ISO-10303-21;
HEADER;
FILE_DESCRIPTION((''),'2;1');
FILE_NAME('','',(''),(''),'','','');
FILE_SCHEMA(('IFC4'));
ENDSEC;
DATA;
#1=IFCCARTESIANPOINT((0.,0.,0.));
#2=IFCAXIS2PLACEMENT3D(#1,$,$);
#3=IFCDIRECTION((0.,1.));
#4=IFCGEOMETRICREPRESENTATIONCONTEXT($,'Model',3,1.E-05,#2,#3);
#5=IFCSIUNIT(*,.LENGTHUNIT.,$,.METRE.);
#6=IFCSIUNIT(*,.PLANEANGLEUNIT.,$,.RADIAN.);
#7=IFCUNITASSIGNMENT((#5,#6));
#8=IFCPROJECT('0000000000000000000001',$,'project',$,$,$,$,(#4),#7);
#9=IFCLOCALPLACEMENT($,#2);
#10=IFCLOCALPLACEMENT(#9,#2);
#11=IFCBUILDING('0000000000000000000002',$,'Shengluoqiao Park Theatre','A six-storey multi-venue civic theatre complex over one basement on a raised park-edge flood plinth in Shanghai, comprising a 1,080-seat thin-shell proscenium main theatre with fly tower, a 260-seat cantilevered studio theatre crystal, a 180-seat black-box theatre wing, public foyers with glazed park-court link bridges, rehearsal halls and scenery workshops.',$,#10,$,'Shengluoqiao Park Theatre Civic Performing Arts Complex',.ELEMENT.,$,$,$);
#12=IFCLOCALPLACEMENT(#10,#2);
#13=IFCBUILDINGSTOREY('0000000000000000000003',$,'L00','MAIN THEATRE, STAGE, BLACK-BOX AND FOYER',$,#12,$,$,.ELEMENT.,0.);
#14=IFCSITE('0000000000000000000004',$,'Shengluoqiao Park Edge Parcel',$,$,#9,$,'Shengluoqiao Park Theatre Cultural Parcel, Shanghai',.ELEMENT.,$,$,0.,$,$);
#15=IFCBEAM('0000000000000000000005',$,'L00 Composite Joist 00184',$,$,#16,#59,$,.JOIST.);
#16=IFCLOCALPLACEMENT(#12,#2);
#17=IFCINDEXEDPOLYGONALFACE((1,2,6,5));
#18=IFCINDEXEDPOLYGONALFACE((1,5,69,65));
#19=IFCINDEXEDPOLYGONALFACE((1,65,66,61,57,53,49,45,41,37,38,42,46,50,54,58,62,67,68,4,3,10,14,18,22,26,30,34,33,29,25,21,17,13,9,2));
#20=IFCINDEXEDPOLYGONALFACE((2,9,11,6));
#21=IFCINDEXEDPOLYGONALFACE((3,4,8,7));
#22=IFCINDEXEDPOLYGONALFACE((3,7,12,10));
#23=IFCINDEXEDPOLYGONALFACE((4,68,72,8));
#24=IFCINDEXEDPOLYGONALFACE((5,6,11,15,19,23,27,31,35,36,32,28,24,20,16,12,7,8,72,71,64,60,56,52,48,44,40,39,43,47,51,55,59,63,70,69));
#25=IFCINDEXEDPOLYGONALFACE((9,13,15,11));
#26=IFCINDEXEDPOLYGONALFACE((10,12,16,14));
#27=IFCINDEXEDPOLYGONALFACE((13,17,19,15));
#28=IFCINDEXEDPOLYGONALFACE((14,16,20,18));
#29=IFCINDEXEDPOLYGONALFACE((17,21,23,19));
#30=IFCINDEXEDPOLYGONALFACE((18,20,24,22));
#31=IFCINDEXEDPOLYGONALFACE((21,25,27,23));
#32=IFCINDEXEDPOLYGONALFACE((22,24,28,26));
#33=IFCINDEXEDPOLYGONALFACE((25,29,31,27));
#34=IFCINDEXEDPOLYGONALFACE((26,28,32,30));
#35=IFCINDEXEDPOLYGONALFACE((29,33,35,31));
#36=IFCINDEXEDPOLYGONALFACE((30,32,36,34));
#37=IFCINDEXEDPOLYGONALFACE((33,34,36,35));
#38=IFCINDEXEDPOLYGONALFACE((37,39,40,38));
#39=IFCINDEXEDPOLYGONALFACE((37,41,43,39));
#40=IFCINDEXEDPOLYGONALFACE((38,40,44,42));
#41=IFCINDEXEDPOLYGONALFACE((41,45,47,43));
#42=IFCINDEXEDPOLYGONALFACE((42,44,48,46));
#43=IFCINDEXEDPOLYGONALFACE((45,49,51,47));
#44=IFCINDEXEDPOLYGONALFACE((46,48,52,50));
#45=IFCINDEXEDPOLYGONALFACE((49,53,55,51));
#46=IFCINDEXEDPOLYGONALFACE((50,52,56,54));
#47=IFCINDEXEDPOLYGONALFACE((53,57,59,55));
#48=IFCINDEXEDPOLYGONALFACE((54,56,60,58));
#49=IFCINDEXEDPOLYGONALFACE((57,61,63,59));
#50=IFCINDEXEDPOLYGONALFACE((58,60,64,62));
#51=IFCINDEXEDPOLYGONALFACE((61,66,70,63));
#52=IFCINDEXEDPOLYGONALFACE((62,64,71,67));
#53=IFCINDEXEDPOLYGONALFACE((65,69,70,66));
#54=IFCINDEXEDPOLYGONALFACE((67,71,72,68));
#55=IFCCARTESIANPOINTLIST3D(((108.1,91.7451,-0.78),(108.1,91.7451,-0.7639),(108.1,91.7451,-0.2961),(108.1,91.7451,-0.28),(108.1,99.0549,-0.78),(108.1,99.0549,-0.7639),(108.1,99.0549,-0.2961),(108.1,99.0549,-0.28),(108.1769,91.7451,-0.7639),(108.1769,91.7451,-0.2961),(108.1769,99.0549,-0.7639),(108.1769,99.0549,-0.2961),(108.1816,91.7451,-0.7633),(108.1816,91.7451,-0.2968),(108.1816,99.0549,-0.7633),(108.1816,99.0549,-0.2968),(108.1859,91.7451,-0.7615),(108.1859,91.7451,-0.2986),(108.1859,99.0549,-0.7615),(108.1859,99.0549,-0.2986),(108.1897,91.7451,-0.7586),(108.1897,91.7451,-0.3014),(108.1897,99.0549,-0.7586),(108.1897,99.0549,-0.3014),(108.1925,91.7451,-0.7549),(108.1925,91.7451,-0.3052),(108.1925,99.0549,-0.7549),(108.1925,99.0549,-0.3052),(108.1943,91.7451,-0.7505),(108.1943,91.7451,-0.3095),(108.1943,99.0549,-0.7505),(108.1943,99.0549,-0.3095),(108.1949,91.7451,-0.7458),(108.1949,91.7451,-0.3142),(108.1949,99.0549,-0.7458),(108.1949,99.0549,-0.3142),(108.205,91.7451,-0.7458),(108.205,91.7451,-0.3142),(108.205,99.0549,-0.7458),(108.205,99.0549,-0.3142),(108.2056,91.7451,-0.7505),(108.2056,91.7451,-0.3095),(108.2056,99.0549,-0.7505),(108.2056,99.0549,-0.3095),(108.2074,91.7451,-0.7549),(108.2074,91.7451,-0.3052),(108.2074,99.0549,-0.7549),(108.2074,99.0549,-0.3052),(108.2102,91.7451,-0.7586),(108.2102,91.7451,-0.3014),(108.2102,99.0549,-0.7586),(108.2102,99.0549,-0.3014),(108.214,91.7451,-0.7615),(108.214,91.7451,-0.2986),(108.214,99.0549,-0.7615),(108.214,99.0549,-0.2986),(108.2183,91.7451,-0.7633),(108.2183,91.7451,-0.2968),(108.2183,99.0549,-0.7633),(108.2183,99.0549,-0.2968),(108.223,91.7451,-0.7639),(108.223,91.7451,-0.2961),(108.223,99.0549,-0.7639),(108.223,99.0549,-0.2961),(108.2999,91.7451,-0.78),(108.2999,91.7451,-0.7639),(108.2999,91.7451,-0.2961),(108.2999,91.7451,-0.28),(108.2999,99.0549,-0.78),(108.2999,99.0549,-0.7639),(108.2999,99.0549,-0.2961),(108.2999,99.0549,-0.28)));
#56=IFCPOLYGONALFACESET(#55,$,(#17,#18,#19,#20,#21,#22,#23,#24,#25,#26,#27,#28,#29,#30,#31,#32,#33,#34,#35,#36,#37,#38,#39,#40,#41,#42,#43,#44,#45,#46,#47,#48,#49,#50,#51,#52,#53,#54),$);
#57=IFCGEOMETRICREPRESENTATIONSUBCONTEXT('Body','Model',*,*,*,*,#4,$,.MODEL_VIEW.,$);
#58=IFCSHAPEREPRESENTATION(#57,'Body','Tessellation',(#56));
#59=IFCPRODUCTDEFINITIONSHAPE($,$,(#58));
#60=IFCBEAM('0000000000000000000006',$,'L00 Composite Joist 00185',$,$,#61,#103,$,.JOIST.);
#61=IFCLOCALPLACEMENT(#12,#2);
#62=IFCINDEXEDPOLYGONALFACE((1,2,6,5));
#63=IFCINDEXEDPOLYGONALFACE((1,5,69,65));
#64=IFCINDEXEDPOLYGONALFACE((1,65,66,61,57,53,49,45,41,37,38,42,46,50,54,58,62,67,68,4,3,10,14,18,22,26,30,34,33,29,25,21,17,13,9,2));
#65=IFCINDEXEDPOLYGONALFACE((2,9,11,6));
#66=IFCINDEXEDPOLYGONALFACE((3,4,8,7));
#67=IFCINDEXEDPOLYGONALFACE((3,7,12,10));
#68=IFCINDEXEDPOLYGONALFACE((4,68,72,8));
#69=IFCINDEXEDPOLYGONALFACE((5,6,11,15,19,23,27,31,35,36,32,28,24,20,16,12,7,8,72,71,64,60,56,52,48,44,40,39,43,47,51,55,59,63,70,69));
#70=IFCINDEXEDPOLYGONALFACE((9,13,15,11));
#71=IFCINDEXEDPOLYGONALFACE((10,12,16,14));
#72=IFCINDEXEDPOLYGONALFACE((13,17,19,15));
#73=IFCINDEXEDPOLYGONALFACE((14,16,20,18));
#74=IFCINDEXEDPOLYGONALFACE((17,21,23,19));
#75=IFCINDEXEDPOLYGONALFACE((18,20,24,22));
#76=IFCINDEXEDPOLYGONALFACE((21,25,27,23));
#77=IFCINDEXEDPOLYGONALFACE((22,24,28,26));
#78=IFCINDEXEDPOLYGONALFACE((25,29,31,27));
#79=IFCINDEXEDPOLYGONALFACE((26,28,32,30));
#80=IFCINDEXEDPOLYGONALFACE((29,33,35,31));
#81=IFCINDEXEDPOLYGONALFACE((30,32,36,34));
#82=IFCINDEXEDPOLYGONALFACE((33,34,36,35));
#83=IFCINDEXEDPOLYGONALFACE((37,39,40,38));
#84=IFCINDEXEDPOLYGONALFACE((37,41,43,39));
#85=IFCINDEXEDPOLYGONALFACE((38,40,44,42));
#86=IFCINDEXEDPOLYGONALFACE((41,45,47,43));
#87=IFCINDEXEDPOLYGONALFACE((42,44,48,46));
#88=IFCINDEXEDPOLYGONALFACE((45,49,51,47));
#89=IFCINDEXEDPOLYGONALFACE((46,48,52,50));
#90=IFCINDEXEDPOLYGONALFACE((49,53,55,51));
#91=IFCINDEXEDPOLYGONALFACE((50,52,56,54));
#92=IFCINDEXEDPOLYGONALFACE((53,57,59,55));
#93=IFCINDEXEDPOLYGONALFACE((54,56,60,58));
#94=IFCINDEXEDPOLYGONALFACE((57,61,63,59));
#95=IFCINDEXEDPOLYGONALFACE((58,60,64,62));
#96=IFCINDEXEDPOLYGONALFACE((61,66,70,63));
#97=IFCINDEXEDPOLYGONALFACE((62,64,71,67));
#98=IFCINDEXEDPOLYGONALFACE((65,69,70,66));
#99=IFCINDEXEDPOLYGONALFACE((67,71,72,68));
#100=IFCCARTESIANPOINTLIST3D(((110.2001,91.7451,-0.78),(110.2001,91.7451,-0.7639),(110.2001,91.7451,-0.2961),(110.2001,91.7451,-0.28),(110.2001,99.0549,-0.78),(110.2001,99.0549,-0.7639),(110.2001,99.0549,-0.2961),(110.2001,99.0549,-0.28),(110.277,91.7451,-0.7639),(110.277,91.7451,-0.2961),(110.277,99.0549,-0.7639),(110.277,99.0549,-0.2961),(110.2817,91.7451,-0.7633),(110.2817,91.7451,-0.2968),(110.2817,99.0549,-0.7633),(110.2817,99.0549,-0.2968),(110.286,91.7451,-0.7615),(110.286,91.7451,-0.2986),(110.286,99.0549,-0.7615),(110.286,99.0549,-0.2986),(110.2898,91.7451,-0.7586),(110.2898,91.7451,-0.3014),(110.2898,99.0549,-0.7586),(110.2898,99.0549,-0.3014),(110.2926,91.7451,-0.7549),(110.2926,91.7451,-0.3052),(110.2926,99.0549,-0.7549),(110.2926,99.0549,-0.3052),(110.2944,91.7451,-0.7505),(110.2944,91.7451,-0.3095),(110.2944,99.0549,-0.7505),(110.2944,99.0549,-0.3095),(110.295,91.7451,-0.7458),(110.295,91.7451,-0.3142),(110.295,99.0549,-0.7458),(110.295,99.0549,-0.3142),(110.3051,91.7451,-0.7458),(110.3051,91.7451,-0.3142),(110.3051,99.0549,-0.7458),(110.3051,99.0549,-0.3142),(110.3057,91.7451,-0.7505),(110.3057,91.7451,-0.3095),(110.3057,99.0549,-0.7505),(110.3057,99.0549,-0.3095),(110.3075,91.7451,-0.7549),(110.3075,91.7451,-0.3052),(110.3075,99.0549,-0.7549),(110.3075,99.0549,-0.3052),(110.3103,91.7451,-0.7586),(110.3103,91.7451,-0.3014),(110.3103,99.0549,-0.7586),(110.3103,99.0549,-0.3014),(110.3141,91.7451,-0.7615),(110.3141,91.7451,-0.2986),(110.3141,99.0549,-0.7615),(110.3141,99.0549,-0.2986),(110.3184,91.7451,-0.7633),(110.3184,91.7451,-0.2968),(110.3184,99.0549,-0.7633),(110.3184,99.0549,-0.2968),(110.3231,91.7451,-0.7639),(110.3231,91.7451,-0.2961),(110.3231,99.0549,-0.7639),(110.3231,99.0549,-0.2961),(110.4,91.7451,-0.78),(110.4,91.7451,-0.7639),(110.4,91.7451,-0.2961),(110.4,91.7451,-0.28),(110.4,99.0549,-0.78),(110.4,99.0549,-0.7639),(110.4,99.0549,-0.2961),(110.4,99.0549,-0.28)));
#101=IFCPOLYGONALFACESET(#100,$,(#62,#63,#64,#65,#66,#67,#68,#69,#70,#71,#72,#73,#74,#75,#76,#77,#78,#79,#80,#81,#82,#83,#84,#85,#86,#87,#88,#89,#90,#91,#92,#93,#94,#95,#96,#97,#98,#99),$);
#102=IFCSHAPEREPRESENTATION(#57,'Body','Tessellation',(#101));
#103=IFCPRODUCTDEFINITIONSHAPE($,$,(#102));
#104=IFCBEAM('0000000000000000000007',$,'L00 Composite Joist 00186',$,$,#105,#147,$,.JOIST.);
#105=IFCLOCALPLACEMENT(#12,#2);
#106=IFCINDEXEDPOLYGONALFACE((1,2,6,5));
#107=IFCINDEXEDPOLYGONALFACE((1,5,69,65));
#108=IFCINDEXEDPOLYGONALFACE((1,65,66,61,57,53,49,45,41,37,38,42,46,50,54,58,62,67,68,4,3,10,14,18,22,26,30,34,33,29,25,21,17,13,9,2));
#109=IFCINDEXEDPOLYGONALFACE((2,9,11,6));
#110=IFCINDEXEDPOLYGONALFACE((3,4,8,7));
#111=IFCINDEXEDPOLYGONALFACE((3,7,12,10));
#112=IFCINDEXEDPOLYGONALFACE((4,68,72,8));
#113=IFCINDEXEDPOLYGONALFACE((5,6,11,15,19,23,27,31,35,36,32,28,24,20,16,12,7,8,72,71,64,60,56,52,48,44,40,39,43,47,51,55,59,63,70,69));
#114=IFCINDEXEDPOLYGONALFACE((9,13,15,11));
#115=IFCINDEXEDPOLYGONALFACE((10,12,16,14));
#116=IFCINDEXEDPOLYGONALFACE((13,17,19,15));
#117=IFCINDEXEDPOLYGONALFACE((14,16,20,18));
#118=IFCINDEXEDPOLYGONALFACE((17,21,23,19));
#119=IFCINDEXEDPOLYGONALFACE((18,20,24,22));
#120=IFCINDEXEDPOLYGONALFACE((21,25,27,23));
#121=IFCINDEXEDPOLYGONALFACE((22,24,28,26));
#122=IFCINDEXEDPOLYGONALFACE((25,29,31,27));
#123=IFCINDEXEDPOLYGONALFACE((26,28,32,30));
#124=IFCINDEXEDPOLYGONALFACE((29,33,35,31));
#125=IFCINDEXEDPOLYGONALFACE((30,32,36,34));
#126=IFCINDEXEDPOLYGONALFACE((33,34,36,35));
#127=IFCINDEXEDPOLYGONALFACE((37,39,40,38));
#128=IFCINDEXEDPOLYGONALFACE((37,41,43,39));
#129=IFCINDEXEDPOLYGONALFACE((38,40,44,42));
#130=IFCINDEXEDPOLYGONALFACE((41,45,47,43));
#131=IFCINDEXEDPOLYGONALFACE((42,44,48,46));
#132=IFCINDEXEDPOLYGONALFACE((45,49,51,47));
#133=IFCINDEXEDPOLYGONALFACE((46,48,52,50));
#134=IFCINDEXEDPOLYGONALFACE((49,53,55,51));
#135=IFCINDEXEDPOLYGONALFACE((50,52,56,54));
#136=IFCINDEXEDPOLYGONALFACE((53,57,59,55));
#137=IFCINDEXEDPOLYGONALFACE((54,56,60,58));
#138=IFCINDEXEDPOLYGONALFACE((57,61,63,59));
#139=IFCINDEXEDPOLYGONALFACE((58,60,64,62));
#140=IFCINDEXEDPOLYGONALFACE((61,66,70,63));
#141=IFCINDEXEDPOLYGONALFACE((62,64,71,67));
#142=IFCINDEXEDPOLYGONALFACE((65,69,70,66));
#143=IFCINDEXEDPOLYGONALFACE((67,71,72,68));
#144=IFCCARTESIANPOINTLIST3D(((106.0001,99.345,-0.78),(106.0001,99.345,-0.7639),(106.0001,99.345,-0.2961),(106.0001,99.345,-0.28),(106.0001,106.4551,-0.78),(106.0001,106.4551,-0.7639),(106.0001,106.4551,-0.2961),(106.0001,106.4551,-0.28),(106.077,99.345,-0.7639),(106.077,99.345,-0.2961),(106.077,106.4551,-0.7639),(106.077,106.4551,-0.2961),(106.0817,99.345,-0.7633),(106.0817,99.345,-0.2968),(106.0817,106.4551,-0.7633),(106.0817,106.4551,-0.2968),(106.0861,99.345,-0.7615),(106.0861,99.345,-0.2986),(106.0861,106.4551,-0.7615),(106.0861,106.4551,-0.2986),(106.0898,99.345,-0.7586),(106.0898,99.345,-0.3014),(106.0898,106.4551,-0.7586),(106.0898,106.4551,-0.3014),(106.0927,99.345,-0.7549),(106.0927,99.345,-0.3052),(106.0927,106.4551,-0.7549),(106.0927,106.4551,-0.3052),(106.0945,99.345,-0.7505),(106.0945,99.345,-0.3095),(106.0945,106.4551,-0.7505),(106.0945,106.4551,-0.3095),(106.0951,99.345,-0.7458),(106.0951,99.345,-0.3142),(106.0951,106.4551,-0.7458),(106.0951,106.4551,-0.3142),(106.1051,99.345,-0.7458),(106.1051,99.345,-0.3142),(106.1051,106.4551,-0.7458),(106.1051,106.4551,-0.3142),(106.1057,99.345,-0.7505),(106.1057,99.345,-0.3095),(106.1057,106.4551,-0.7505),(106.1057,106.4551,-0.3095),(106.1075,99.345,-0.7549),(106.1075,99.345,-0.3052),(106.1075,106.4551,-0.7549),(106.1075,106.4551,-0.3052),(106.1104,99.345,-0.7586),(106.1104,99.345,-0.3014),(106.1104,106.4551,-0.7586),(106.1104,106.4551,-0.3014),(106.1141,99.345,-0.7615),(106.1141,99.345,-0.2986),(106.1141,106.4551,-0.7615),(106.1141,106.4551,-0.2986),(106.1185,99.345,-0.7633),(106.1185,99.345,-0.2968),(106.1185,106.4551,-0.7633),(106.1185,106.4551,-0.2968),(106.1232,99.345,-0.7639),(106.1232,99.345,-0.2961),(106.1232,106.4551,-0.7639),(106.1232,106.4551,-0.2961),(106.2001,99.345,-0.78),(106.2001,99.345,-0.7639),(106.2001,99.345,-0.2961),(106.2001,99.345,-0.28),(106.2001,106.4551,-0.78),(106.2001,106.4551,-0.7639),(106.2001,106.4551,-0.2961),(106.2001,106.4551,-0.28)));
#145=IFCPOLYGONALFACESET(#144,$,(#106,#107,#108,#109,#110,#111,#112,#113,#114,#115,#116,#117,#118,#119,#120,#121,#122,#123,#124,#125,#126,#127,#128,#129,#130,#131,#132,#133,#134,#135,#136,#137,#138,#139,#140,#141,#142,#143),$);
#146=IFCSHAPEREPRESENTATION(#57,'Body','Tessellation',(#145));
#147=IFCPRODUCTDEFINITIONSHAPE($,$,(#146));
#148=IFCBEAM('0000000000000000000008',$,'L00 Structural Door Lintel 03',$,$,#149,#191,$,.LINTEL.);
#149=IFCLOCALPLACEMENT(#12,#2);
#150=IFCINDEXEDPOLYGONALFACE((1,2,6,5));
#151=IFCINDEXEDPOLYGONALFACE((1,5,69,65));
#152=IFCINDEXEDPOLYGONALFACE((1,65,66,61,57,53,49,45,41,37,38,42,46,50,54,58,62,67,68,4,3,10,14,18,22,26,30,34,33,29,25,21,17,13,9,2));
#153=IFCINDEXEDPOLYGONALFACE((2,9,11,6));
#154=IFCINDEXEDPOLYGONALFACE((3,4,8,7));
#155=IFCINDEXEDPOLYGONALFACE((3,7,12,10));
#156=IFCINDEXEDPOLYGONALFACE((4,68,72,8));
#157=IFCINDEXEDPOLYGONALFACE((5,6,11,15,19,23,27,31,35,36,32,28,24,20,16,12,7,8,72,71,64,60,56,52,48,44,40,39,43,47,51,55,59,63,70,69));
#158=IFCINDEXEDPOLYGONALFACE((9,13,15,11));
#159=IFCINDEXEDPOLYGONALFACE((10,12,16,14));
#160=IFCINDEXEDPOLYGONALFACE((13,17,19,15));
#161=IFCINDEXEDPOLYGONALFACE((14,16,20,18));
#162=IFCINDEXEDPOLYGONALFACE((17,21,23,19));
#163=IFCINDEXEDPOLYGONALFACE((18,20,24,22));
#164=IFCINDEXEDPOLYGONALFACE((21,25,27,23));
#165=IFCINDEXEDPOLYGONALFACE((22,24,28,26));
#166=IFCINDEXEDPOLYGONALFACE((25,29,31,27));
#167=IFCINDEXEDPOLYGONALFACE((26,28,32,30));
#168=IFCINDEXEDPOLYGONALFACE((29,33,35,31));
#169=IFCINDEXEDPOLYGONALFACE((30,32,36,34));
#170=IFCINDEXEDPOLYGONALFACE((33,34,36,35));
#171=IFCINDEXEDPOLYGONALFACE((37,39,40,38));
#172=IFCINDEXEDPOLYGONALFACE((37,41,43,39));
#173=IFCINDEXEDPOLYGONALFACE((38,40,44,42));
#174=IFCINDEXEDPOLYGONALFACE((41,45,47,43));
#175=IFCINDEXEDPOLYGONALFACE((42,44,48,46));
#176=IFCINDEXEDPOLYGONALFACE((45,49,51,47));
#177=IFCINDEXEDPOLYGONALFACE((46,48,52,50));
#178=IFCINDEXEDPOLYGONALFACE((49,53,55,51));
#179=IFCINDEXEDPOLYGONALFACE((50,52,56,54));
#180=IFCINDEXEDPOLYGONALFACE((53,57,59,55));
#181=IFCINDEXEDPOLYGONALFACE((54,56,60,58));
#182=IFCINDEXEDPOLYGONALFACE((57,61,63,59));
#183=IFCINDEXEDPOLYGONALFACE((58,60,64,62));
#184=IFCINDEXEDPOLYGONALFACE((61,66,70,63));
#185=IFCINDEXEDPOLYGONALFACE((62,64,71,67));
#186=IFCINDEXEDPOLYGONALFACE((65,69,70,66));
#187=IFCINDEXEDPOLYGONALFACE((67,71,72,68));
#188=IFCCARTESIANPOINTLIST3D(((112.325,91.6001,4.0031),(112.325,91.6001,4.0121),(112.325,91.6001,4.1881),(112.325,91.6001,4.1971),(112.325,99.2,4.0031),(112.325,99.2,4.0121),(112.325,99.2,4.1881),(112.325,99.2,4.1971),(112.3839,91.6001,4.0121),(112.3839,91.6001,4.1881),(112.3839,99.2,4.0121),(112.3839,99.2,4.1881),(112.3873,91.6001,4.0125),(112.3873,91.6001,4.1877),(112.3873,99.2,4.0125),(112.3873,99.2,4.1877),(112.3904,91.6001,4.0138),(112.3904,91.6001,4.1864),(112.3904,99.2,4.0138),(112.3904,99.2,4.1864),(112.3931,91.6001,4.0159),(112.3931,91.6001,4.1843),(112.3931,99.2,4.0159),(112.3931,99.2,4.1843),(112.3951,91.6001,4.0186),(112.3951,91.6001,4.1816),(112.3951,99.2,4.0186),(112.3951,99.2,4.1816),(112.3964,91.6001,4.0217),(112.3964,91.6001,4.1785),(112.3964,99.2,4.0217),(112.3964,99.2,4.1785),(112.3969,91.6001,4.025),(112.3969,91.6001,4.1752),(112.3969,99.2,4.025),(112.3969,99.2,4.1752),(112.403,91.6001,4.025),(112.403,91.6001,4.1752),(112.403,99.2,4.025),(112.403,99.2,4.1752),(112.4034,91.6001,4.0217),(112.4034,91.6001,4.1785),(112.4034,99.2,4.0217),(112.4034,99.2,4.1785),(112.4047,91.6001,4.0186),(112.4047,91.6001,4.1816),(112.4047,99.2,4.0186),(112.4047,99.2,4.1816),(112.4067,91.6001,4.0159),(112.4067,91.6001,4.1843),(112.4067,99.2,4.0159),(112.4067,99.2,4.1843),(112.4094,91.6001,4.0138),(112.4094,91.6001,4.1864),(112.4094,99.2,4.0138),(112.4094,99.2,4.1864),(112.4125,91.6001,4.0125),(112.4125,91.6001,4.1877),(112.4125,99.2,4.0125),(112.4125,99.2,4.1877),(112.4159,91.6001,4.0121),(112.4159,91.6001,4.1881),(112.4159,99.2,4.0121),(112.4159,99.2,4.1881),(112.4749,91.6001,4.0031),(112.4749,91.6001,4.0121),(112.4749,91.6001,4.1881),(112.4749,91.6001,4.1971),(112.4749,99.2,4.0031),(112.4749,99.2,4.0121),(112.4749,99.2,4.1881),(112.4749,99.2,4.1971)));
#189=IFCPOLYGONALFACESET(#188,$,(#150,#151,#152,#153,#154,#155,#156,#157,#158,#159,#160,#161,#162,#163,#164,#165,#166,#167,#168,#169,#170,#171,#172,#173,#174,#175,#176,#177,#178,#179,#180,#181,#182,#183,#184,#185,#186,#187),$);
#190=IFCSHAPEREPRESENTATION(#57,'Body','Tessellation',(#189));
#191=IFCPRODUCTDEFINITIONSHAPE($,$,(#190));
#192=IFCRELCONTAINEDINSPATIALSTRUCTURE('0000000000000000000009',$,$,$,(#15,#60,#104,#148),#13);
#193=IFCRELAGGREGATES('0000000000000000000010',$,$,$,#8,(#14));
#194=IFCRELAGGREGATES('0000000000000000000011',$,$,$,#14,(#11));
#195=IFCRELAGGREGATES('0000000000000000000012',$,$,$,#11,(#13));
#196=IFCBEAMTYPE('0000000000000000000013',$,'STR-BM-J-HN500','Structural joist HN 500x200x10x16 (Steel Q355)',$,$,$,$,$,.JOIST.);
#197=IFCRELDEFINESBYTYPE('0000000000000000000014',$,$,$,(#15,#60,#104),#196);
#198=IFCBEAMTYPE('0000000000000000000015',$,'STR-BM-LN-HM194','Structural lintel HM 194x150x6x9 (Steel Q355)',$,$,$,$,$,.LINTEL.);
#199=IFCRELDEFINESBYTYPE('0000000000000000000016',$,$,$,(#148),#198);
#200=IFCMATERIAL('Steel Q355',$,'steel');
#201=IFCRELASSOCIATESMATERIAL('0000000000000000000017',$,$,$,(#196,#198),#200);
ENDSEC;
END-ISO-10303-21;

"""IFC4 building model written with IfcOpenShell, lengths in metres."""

from ifc_helpers import new_model, si_unit, direction, frame, origin, origin_2d, place, context, subcontext, project, spatial, i_section, extrude, material, material_profile, profile_set, type_object, element, save


model = new_model("IFC4")

# Units and contexts
model_context = context("Model", 3, precision=1e-05, world=origin(), true_north=direction((0.0, 1.0)))
body_context = subcontext(model_context, "Body", "Model", "MODEL_VIEW")
ifc_project = project(units=[si_unit("LENGTHUNIT", "METRE"), si_unit("PLANEANGLEUNIT", "RADIAN")], contexts=[model_context])

# Site, building, storey
site_placement = place(None, origin())
site = spatial("IfcSite", under=ifc_project, at=site_placement, Name="Shengluoqiao Park Edge Parcel", LongName="Shengluoqiao Park Theatre Cultural Parcel, Shanghai", CompositionType="ELEMENT", RefElevation=0.0)
building_placement = place(site_placement, origin())
building = spatial("IfcBuilding", under=site, at=building_placement, Name="Shengluoqiao Park Theatre", Description="A six-storey multi-venue civic theatre complex over one basement on a raised park-edge flood plinth in Shanghai, comprising a 1,080-seat thin-shell proscenium main theatre with fly tower, a 260-seat cantilevered studio theatre crystal, a 180-seat black-box theatre wing, public foyers with glazed park-court link bridges, rehearsal halls and scenery workshops.", LongName="Shengluoqiao Park Theatre Civic Performing Arts Complex", CompositionType="ELEMENT")
storey_placement = place(building_placement, origin())
storey = spatial("IfcBuildingStorey", under=building, at=storey_placement, Name="L00", Description="MAIN THEATRE, STAGE, BLACK-BOX AND FOYER", CompositionType="ELEMENT", Elevation=0.0)

# Beams
ifc_material_1 = material(Name="Steel Q355", Category="steel")
ifc_material_profile_1 = material_profile(ifc_material_1, i_section(OverallWidth=0.2, OverallDepth=0.5, WebThickness=0.01, FlangeThickness=0.0161, FilletRadius=0.0181, at=origin_2d()), Name="HN 500x200x10x16")
ifc_profile_set_1 = profile_set([ifc_material_profile_1], Name="Steel Q355")
beam_type_1 = type_object("IfcBeamType", Name="STR-BM-J-HN500", Description="Structural joist HN 500x200x10x16 (Steel Q355)", PredefinedType="JOIST", material=ifc_profile_set_1)
for number, where, z_axis, x_axis, name in (
    (1, (108.2, 91.7451, -0.53), (0.0, 1.0, 0.0), (-1.0, 0.0, 0.0), "L00 Composite Joist 00184"),
    (2, (110.3, 91.7451, -0.53), (0.0, 1.0, 0.0), (-1.0, 0.0, 0.0), "L00 Composite Joist 00185"),
):
    element("IfcBeam", number, at=place(storey_placement, frame(where, z_axis=z_axis, x_axis=x_axis)), inside=storey, type_object=beam_type_1, Name=name, PredefinedType="JOIST", context=body_context, shape_type="SweptSolid", body=[
        extrude(i_section(OverallWidth=0.2, OverallDepth=0.5, WebThickness=0.01, FlangeThickness=0.0161, FilletRadius=0.0181, at=origin_2d()), origin(), (0.0, 0.0, 1.0), 7.3098),
    ])
beam_1_placement = place(storey_placement, frame((106.1001, 99.345, -0.53), z_axis=(0.0, 1.0, 0.0), x_axis=(-1.0, 0.0, 0.0)))
element("IfcBeam", 3, at=beam_1_placement, inside=storey, type_object=beam_type_1, Name="L00 Composite Joist 00186", PredefinedType="JOIST", context=body_context, shape_type="SweptSolid", body=[
    extrude(i_section(OverallWidth=0.2, OverallDepth=0.5, WebThickness=0.01, FlangeThickness=0.0161, FilletRadius=0.0181, at=origin_2d()), origin(), (0.0, 0.0, 1.0), 7.1101),
])
ifc_material_profile_2 = material_profile(ifc_material_1, i_section(OverallWidth=0.1499, OverallDepth=0.1941, WebThickness=0.0061, FlangeThickness=0.009, FilletRadius=0.0129, at=origin_2d()), Name="HM 194x150x6x9")
ifc_profile_set_2 = profile_set([ifc_material_profile_2], Name="Steel Q355")
beam_type_2 = type_object("IfcBeamType", Name="STR-BM-LN-HM194", Description="Structural lintel HM 194x150x6x9 (Steel Q355)", PredefinedType="LINTEL", material=ifc_profile_set_2)
beam_2_placement = place(storey_placement, frame((112.3999, 91.6001, 4.1001), z_axis=(0.0, 1.0, 0.0), x_axis=(-1.0, 0.0, 0.0)))
element("IfcBeam", 4, at=beam_2_placement, inside=storey, type_object=beam_type_2, Name="L00 Structural Door Lintel 03", PredefinedType="LINTEL", context=body_context, shape_type="SweptSolid", body=[
    extrude(i_section(OverallWidth=0.1499, OverallDepth=0.1941, WebThickness=0.0061, FlangeThickness=0.009, FilletRadius=0.0129, at=origin_2d()), origin(), (0.0, 0.0, 1.0), 7.5999),
])

save(model, "model.ifc")
